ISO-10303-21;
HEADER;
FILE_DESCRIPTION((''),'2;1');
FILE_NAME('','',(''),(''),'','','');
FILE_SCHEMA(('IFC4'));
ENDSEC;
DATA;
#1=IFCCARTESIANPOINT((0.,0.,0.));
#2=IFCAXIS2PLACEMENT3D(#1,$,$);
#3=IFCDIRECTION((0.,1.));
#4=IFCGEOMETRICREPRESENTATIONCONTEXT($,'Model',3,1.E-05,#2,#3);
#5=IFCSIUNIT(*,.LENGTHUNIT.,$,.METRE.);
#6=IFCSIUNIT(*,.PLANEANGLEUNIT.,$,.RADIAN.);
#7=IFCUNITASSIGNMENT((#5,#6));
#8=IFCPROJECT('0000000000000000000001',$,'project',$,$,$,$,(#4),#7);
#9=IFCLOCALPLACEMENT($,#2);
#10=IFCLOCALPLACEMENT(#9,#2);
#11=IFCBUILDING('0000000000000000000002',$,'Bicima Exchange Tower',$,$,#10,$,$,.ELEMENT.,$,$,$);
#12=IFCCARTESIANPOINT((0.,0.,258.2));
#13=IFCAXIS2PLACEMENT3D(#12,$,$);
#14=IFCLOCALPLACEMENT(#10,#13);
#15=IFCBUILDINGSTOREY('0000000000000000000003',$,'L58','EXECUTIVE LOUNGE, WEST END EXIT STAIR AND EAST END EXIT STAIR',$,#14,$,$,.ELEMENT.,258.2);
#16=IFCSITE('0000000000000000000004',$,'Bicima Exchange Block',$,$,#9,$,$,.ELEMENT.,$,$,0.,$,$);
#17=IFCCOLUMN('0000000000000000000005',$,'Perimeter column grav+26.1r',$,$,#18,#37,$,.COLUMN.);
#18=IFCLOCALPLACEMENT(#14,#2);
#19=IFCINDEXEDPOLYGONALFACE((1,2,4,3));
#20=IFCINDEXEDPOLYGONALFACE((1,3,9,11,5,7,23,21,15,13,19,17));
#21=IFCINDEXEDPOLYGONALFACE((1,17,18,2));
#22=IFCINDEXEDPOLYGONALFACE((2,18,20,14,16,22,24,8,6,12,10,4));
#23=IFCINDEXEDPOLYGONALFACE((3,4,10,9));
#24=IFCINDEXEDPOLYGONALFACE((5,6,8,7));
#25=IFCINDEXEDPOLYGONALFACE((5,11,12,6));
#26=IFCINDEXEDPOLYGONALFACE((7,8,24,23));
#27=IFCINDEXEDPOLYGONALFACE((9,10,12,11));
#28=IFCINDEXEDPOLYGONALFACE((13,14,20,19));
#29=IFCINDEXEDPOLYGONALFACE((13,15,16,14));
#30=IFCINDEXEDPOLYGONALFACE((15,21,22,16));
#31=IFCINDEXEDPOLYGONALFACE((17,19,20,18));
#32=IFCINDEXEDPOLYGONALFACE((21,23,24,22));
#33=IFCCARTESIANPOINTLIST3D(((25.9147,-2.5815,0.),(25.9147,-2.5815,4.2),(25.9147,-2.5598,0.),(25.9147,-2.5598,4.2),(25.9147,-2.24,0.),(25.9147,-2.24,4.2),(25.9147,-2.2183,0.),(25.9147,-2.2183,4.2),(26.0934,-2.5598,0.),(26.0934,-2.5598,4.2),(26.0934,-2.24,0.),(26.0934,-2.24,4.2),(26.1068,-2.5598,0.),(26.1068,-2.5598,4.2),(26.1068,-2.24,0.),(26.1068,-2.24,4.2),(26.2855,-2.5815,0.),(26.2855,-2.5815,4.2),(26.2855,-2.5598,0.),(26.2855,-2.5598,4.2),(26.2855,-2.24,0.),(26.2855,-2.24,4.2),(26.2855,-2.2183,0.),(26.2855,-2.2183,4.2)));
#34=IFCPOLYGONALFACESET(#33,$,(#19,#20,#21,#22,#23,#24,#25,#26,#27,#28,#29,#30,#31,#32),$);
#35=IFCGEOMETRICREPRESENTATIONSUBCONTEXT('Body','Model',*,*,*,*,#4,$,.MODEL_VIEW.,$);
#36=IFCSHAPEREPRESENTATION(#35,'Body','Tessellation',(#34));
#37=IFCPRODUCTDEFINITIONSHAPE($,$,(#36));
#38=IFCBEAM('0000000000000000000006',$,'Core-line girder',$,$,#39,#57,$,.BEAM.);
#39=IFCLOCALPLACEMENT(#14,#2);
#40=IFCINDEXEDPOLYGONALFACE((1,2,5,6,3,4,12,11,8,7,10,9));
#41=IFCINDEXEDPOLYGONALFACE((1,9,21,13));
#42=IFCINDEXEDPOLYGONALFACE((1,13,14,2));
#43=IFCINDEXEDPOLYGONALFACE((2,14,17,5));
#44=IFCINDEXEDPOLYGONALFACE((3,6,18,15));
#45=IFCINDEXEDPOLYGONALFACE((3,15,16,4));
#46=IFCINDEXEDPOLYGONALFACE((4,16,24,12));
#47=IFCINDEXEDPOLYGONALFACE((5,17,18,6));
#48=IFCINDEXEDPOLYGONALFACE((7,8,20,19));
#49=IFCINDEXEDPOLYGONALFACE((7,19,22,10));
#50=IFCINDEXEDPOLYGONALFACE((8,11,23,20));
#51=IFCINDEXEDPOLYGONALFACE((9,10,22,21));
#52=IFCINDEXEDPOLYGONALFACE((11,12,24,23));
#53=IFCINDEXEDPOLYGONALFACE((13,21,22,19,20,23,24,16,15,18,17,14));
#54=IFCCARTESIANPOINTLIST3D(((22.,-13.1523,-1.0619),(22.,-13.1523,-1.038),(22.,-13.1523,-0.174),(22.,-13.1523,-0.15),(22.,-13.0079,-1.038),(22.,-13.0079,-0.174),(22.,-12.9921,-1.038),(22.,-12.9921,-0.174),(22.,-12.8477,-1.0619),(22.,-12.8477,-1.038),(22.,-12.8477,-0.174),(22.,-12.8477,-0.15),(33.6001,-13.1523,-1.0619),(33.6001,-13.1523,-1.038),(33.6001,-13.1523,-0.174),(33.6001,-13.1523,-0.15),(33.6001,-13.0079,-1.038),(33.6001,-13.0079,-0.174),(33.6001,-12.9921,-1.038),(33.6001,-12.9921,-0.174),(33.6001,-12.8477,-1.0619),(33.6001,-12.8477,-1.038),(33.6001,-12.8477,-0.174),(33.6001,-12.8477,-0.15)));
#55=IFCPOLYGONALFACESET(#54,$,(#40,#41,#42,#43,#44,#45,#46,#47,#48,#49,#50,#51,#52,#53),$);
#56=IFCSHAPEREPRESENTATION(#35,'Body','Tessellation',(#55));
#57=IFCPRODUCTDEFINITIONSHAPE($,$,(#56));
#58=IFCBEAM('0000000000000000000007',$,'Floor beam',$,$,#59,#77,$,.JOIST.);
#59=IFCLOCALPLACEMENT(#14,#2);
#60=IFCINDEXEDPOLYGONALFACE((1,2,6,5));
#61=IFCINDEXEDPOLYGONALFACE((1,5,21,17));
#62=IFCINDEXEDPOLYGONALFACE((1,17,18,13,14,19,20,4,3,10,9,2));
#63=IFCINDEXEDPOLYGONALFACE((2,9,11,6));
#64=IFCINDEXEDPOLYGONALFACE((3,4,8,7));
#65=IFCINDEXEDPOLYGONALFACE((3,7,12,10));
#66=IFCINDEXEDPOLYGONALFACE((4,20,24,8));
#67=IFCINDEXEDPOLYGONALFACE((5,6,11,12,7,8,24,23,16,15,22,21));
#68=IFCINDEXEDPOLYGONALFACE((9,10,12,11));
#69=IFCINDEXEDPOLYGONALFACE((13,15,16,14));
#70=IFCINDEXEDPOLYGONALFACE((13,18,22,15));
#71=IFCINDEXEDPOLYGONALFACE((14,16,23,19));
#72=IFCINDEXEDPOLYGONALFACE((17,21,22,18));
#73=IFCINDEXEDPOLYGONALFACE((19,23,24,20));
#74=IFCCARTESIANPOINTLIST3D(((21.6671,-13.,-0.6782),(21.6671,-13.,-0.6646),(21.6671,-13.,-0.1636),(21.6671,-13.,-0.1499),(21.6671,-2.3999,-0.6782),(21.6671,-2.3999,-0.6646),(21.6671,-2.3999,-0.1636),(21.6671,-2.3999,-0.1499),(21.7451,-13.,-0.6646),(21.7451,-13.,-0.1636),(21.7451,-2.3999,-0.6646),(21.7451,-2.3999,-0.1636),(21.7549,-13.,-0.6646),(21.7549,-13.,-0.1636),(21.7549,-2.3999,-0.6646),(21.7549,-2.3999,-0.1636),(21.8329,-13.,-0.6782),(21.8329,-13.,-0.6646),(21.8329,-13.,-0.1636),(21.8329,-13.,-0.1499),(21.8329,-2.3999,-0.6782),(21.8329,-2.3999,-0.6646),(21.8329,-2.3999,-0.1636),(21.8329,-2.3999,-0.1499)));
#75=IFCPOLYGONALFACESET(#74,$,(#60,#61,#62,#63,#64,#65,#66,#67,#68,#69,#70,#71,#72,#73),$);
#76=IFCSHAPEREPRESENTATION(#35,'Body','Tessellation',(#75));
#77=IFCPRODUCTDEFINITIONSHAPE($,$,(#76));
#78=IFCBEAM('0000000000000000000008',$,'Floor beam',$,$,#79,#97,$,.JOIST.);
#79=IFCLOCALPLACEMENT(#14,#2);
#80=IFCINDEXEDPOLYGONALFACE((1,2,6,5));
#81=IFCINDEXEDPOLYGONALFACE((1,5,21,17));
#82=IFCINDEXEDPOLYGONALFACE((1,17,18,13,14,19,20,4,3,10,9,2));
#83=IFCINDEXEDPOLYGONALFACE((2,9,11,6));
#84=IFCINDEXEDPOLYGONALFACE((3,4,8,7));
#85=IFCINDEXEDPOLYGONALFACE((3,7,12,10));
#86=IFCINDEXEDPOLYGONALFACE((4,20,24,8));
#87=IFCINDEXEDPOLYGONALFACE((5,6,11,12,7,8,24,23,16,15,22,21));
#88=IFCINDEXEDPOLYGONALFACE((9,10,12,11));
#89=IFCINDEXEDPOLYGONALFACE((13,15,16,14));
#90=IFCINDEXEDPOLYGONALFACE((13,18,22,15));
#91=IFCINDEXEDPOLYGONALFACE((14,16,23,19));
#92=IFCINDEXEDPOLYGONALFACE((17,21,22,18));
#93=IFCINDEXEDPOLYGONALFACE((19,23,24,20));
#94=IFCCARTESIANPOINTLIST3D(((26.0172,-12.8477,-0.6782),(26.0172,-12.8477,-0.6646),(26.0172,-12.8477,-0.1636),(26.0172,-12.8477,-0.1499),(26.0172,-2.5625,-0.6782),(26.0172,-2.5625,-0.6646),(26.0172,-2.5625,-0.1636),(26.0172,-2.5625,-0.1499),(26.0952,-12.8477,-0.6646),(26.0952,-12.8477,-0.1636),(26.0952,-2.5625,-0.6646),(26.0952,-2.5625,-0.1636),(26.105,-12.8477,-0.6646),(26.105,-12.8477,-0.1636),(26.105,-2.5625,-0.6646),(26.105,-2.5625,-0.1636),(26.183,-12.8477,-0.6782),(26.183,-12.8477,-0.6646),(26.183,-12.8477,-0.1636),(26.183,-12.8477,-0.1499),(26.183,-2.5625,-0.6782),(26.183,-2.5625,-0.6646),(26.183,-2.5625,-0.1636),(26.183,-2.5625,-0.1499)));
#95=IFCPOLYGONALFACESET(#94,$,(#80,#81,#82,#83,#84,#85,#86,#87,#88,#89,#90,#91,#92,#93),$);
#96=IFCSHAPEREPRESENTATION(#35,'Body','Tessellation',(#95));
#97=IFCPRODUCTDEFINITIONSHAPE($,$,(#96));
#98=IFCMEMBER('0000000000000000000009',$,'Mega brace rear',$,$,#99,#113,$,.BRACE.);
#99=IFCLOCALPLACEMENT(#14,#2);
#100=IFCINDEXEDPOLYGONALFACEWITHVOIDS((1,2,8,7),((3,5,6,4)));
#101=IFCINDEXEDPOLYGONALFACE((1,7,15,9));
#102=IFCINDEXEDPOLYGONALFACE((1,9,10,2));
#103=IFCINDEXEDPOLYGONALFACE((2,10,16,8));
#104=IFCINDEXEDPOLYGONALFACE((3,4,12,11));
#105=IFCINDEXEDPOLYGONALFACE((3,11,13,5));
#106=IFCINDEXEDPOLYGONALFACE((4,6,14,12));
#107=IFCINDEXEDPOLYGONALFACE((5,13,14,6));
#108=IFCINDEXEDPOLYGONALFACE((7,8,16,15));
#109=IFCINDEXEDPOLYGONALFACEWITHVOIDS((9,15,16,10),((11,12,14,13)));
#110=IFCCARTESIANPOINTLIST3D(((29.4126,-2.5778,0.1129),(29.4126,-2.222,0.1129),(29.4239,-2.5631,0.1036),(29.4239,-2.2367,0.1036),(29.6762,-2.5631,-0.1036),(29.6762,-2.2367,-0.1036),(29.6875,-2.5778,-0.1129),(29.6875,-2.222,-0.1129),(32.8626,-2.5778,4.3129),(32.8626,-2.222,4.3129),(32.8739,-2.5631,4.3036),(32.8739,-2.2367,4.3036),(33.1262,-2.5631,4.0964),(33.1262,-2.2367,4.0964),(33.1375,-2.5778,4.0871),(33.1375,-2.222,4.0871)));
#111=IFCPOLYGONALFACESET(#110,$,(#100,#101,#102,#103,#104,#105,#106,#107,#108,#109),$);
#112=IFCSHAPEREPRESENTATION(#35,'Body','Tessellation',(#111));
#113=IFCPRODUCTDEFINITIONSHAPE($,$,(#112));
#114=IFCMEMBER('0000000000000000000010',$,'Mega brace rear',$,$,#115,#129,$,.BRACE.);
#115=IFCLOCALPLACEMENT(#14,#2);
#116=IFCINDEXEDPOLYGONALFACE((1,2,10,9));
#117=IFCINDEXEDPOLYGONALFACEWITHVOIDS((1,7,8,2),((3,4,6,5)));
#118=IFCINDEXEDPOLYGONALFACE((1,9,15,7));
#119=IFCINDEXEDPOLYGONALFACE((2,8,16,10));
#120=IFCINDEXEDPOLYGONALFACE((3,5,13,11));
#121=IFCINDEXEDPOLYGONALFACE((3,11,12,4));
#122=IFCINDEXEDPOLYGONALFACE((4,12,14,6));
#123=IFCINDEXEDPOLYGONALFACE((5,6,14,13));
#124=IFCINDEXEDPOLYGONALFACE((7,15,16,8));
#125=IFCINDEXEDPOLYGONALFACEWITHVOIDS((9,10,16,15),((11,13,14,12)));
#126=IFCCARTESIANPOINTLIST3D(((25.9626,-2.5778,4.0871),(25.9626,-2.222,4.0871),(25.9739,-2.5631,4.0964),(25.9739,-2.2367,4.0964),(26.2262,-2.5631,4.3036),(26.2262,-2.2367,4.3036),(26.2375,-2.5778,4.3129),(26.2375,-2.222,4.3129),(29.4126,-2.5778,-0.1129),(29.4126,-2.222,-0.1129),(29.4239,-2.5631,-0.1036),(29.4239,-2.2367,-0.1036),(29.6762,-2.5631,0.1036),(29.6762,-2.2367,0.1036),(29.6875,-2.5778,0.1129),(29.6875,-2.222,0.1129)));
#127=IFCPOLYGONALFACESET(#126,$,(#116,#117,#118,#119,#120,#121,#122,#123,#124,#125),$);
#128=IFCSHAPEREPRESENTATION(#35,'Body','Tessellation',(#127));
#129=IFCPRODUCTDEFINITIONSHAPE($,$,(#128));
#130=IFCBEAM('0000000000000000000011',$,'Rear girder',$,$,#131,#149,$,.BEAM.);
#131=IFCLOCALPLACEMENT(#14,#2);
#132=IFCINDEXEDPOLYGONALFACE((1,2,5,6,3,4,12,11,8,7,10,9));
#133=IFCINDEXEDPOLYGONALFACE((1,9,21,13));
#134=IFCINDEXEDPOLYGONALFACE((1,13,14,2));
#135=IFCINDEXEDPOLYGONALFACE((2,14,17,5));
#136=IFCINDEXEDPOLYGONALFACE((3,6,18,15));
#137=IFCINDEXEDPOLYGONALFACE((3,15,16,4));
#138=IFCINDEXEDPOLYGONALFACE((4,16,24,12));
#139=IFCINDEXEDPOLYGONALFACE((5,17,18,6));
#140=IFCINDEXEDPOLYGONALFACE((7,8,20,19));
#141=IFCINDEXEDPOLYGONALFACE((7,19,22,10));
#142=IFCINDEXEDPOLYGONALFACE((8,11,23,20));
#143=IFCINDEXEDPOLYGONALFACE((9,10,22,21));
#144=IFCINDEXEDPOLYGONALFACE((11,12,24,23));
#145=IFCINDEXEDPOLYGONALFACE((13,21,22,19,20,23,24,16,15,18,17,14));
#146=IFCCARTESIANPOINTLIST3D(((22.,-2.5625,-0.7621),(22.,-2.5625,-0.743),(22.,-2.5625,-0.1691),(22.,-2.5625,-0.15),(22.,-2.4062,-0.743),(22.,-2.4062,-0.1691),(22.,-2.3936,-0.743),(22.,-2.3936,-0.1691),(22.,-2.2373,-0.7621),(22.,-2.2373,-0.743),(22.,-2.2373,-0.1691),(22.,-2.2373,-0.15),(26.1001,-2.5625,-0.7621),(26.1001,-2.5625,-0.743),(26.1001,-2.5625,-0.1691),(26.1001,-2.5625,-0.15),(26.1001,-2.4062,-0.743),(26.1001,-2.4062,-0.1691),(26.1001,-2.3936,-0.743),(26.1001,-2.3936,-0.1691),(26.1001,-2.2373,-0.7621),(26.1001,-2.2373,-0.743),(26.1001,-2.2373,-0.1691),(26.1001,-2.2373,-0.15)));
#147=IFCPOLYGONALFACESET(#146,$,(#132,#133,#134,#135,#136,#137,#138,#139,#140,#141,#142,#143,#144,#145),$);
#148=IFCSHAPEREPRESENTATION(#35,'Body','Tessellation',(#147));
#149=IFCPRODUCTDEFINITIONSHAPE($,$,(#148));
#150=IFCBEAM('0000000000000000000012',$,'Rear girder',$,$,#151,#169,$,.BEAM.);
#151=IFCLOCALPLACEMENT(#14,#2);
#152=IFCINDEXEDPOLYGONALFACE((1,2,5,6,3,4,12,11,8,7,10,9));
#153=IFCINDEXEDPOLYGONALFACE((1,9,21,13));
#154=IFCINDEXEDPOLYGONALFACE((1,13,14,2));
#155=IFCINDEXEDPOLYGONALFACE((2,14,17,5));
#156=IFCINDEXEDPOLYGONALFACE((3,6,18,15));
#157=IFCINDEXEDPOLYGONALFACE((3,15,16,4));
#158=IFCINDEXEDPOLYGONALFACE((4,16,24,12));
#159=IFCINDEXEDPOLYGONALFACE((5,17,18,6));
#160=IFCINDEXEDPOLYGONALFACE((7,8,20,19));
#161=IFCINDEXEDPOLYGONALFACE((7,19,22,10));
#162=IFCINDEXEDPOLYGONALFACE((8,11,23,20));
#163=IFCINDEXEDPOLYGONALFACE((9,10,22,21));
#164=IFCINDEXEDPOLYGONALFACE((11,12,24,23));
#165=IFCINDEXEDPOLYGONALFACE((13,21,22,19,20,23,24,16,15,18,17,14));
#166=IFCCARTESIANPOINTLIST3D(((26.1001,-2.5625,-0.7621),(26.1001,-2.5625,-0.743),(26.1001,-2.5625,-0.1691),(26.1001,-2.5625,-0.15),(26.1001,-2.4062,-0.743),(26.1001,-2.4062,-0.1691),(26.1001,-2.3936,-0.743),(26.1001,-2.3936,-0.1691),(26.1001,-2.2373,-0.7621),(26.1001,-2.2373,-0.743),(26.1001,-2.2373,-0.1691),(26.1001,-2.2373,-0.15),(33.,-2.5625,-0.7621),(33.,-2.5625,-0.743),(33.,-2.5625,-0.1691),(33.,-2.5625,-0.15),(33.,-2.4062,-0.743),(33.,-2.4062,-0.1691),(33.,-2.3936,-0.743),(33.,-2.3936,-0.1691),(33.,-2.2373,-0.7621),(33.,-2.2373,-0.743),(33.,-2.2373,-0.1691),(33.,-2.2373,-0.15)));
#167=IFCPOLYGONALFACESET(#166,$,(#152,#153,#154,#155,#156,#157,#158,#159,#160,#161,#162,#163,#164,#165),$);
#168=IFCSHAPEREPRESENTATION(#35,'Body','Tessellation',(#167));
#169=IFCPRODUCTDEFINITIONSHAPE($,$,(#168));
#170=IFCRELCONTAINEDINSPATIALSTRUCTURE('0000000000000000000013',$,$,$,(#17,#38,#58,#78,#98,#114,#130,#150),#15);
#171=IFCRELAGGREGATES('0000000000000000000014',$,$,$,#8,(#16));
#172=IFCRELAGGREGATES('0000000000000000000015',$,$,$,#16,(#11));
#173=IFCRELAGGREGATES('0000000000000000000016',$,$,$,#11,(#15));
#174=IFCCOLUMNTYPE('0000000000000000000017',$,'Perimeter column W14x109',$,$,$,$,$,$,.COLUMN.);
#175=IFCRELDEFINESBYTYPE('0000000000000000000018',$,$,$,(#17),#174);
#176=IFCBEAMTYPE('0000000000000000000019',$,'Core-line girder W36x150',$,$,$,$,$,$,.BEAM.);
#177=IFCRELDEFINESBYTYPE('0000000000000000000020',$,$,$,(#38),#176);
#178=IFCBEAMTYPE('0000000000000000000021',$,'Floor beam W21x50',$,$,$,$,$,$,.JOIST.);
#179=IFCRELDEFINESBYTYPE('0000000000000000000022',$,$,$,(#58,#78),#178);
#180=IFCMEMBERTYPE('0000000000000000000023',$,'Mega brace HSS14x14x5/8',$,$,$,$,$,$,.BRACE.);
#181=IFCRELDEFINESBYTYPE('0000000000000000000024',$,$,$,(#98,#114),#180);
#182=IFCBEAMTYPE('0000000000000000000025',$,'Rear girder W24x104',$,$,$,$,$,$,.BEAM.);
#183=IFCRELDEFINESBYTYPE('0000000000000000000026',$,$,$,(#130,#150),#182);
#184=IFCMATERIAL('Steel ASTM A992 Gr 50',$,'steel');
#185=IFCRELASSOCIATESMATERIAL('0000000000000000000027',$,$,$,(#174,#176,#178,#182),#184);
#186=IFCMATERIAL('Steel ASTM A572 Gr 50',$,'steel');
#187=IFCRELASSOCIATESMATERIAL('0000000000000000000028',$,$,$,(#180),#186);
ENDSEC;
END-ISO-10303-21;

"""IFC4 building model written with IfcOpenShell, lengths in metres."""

from ifc_helpers import new_model, si_unit, direction, frame, origin, origin_2d, place, context, subcontext, project, spatial, hollow_rectangle, i_section, extrude, material, material_profile, profile_set, type_object, element, save


model = new_model("IFC4")

# Units and contexts
model_context = context("Model", 3, precision=1e-05, world=origin(), true_north=direction((0.0, 1.0)))
body_context = subcontext(model_context, "Body", "Model", "MODEL_VIEW")
ifc_project = project(units=[si_unit("LENGTHUNIT", "METRE"), si_unit("PLANEANGLEUNIT", "RADIAN")], contexts=[model_context])

# Site, building, storey
site_placement = place(None, origin())
site = spatial("IfcSite", under=ifc_project, at=site_placement, Name="Bicima Exchange Block", CompositionType="ELEMENT", RefElevation=0.0)
building_placement = place(site_placement, origin())
building = spatial("IfcBuilding", under=site, at=building_placement, Name="Bicima Exchange Tower", CompositionType="ELEMENT")
storey_placement = place(building_placement, frame((0.0, 0.0, 258.2)))
storey = spatial("IfcBuildingStorey", under=building, at=storey_placement, Name="L58", Description="EXECUTIVE LOUNGE, WEST END EXIT STAIR AND EAST END EXIT STAIR", CompositionType="ELEMENT", Elevation=258.2)

# Column
ifc_material_1 = material(Name="Steel ASTM A992 Gr 50", Category="steel")
ifc_material_profile_1 = material_profile(ifc_material_1, i_section(OverallWidth=0.3708, OverallDepth=0.3633, WebThickness=0.0134, FlangeThickness=0.0217, at=origin_2d()))
ifc_profile_set_1 = profile_set([ifc_material_profile_1], Name="Steel ASTM A992 Gr 50")
column_type = type_object("IfcColumnType", Name="Perimeter column W14x109", PredefinedType="COLUMN", material=ifc_profile_set_1)
column_placement = place(storey_placement, frame((26.1001, -2.3999, 0.0), z_axis=(0.0, 0.0, 1.0), x_axis=(1.0, 0.0, 0.0)))
element("IfcColumn", 1, at=column_placement, inside=storey, type_object=column_type, Name="Perimeter column grav+26.1r", PredefinedType="COLUMN", context=body_context, shape_type="SweptSolid", body=[
    extrude(i_section(OverallWidth=0.3708, OverallDepth=0.3633, WebThickness=0.0134, FlangeThickness=0.0217, at=origin_2d()), origin(), (0.0, 0.0, 1.0), 4.2),
])

# Beams
ifc_material_profile_2 = material_profile(ifc_material_1, i_section(OverallWidth=0.3047, OverallDepth=0.9119, WebThickness=0.0159, FlangeThickness=0.0239, at=origin_2d()))
ifc_profile_set_2 = profile_set([ifc_material_profile_2], Name="Steel ASTM A992 Gr 50")
beam_type_1 = type_object("IfcBeamType", Name="Core-line girder W36x150", PredefinedType="BEAM", material=ifc_profile_set_2)
beam_1_placement = place(storey_placement, frame((22.0, -13.0, -0.606), z_axis=(1.0, 0.0, 0.0), x_axis=(0.0, 1.0, 0.0)))
element("IfcBeam", 2, at=beam_1_placement, inside=storey, type_object=beam_type_1, Name="Core-line girder", PredefinedType="BEAM", context=body_context, shape_type="SweptSolid", body=[
    extrude(i_section(OverallWidth=0.3047, OverallDepth=0.9119, WebThickness=0.0159, FlangeThickness=0.0239, at=origin_2d()), origin(), (0.0, 0.0, 1.0), 11.6001),
])
ifc_material_profile_3 = material_profile(ifc_material_1, i_section(OverallWidth=0.1658, OverallDepth=0.5283, WebThickness=0.0098, FlangeThickness=0.0137, at=origin_2d()))
ifc_profile_set_3 = profile_set([ifc_material_profile_3], Name="Steel ASTM A992 Gr 50")
beam_type_2 = type_object("IfcBeamType", Name="Floor beam W21x50", PredefinedType="JOIST", material=ifc_profile_set_3)
beam_2_placement = place(storey_placement, frame((21.75, -2.3999, -0.4141), z_axis=(0.0, -1.0, 0.0), x_axis=(1.0, 0.0, 0.0)))
element("IfcBeam", 3, at=beam_2_placement, inside=storey, type_object=beam_type_2, Name="Floor beam", PredefinedType="JOIST", context=body_context, shape_type="SweptSolid", body=[
    extrude(i_section(OverallWidth=0.1658, OverallDepth=0.5283, WebThickness=0.0098, FlangeThickness=0.0137, at=origin_2d()), origin(), (0.0, 0.0, 1.0), 10.6001),
])
beam_3_placement = place(storey_placement, frame((26.1001, -2.5625, -0.4141), z_axis=(0.0, -1.0, 0.0), x_axis=(1.0, 0.0, 0.0)))
element("IfcBeam", 4, at=beam_3_placement, inside=storey, type_object=beam_type_2, Name="Floor beam", PredefinedType="JOIST", context=body_context, shape_type="SweptSolid", body=[
    extrude(i_section(OverallWidth=0.1658, OverallDepth=0.5283, WebThickness=0.0098, FlangeThickness=0.0137, at=origin_2d()), origin(), (0.0, 0.0, 1.0), 10.2852),
])

# Members
ifc_material_2 = material(Name="Steel ASTM A572 Gr 50", Category="steel")
ifc_material_profile_4 = material_profile(ifc_material_2, hollow_rectangle(XDim=0.3557, YDim=0.3557, WallThickness=0.0146, at=origin_2d()))
ifc_profile_set_4 = profile_set([ifc_material_profile_4], Name="Steel ASTM A572 Gr 50")
member_type = type_object("IfcMemberType", Name="Mega brace HSS14x14x5/8", PredefinedType="BRACE", material=ifc_profile_set_4)
for number, where, z_axis, x_axis, name in (
    (5, (29.55, -2.3999, 0.0), (0.634738, 0.0, 0.772727), (0.0, 1.0, 0.0), "Mega brace rear"),
    (6, (29.55, -2.3999, 0.0), (-0.634738, 0.0, 0.772727), (0.0, -1.0, 0.0), "Mega brace rear"),
):
    element("IfcMember", number, at=place(storey_placement, frame(where, z_axis=z_axis, x_axis=x_axis)), inside=storey, type_object=member_type, Name=name, PredefinedType="BRACE", context=body_context, shape_type="SweptSolid", body=[
        extrude(hollow_rectangle(XDim=0.3557, YDim=0.3557, WallThickness=0.0146, at=origin_2d()), origin(), (0.0, 0.0, 1.0), 5.4353),
    ])

# Beams
ifc_material_profile_5 = material_profile(ifc_material_1, i_section(OverallWidth=0.3252, OverallDepth=0.6121, WebThickness=0.0127, FlangeThickness=0.019, at=origin_2d()))
ifc_profile_set_5 = profile_set([ifc_material_profile_5], Name="Steel ASTM A992 Gr 50")
beam_type_3 = type_object("IfcBeamType", Name="Rear girder W24x104", PredefinedType="BEAM", material=ifc_profile_set_5)
beam_4_placement = place(storey_placement, frame((22.0, -2.3999, -0.4561), z_axis=(1.0, 0.0, 0.0), x_axis=(0.0, 1.0, 0.0)))
element("IfcBeam", 7, at=beam_4_placement, inside=storey, type_object=beam_type_3, Name="Rear girder", PredefinedType="BEAM", context=body_context, shape_type="SweptSolid", body=[
    extrude(i_section(OverallWidth=0.3252, OverallDepth=0.6121, WebThickness=0.0127, FlangeThickness=0.019, at=origin_2d()), origin(), (0.0, 0.0, 1.0), 4.1001),
])
beam_5_placement = place(storey_placement, frame((26.1001, -2.3999, -0.4561), z_axis=(1.0, 0.0, 0.0), x_axis=(0.0, 1.0, 0.0)))
element("IfcBeam", 8, at=beam_5_placement, inside=storey, type_object=beam_type_3, Name="Rear girder", PredefinedType="BEAM", context=body_context, shape_type="SweptSolid", body=[
    extrude(i_section(OverallWidth=0.3252, OverallDepth=0.6121, WebThickness=0.0127, FlangeThickness=0.019, at=origin_2d()), origin(), (0.0, 0.0, 1.0), 6.8999),
])

save(model, "model.ifc")
